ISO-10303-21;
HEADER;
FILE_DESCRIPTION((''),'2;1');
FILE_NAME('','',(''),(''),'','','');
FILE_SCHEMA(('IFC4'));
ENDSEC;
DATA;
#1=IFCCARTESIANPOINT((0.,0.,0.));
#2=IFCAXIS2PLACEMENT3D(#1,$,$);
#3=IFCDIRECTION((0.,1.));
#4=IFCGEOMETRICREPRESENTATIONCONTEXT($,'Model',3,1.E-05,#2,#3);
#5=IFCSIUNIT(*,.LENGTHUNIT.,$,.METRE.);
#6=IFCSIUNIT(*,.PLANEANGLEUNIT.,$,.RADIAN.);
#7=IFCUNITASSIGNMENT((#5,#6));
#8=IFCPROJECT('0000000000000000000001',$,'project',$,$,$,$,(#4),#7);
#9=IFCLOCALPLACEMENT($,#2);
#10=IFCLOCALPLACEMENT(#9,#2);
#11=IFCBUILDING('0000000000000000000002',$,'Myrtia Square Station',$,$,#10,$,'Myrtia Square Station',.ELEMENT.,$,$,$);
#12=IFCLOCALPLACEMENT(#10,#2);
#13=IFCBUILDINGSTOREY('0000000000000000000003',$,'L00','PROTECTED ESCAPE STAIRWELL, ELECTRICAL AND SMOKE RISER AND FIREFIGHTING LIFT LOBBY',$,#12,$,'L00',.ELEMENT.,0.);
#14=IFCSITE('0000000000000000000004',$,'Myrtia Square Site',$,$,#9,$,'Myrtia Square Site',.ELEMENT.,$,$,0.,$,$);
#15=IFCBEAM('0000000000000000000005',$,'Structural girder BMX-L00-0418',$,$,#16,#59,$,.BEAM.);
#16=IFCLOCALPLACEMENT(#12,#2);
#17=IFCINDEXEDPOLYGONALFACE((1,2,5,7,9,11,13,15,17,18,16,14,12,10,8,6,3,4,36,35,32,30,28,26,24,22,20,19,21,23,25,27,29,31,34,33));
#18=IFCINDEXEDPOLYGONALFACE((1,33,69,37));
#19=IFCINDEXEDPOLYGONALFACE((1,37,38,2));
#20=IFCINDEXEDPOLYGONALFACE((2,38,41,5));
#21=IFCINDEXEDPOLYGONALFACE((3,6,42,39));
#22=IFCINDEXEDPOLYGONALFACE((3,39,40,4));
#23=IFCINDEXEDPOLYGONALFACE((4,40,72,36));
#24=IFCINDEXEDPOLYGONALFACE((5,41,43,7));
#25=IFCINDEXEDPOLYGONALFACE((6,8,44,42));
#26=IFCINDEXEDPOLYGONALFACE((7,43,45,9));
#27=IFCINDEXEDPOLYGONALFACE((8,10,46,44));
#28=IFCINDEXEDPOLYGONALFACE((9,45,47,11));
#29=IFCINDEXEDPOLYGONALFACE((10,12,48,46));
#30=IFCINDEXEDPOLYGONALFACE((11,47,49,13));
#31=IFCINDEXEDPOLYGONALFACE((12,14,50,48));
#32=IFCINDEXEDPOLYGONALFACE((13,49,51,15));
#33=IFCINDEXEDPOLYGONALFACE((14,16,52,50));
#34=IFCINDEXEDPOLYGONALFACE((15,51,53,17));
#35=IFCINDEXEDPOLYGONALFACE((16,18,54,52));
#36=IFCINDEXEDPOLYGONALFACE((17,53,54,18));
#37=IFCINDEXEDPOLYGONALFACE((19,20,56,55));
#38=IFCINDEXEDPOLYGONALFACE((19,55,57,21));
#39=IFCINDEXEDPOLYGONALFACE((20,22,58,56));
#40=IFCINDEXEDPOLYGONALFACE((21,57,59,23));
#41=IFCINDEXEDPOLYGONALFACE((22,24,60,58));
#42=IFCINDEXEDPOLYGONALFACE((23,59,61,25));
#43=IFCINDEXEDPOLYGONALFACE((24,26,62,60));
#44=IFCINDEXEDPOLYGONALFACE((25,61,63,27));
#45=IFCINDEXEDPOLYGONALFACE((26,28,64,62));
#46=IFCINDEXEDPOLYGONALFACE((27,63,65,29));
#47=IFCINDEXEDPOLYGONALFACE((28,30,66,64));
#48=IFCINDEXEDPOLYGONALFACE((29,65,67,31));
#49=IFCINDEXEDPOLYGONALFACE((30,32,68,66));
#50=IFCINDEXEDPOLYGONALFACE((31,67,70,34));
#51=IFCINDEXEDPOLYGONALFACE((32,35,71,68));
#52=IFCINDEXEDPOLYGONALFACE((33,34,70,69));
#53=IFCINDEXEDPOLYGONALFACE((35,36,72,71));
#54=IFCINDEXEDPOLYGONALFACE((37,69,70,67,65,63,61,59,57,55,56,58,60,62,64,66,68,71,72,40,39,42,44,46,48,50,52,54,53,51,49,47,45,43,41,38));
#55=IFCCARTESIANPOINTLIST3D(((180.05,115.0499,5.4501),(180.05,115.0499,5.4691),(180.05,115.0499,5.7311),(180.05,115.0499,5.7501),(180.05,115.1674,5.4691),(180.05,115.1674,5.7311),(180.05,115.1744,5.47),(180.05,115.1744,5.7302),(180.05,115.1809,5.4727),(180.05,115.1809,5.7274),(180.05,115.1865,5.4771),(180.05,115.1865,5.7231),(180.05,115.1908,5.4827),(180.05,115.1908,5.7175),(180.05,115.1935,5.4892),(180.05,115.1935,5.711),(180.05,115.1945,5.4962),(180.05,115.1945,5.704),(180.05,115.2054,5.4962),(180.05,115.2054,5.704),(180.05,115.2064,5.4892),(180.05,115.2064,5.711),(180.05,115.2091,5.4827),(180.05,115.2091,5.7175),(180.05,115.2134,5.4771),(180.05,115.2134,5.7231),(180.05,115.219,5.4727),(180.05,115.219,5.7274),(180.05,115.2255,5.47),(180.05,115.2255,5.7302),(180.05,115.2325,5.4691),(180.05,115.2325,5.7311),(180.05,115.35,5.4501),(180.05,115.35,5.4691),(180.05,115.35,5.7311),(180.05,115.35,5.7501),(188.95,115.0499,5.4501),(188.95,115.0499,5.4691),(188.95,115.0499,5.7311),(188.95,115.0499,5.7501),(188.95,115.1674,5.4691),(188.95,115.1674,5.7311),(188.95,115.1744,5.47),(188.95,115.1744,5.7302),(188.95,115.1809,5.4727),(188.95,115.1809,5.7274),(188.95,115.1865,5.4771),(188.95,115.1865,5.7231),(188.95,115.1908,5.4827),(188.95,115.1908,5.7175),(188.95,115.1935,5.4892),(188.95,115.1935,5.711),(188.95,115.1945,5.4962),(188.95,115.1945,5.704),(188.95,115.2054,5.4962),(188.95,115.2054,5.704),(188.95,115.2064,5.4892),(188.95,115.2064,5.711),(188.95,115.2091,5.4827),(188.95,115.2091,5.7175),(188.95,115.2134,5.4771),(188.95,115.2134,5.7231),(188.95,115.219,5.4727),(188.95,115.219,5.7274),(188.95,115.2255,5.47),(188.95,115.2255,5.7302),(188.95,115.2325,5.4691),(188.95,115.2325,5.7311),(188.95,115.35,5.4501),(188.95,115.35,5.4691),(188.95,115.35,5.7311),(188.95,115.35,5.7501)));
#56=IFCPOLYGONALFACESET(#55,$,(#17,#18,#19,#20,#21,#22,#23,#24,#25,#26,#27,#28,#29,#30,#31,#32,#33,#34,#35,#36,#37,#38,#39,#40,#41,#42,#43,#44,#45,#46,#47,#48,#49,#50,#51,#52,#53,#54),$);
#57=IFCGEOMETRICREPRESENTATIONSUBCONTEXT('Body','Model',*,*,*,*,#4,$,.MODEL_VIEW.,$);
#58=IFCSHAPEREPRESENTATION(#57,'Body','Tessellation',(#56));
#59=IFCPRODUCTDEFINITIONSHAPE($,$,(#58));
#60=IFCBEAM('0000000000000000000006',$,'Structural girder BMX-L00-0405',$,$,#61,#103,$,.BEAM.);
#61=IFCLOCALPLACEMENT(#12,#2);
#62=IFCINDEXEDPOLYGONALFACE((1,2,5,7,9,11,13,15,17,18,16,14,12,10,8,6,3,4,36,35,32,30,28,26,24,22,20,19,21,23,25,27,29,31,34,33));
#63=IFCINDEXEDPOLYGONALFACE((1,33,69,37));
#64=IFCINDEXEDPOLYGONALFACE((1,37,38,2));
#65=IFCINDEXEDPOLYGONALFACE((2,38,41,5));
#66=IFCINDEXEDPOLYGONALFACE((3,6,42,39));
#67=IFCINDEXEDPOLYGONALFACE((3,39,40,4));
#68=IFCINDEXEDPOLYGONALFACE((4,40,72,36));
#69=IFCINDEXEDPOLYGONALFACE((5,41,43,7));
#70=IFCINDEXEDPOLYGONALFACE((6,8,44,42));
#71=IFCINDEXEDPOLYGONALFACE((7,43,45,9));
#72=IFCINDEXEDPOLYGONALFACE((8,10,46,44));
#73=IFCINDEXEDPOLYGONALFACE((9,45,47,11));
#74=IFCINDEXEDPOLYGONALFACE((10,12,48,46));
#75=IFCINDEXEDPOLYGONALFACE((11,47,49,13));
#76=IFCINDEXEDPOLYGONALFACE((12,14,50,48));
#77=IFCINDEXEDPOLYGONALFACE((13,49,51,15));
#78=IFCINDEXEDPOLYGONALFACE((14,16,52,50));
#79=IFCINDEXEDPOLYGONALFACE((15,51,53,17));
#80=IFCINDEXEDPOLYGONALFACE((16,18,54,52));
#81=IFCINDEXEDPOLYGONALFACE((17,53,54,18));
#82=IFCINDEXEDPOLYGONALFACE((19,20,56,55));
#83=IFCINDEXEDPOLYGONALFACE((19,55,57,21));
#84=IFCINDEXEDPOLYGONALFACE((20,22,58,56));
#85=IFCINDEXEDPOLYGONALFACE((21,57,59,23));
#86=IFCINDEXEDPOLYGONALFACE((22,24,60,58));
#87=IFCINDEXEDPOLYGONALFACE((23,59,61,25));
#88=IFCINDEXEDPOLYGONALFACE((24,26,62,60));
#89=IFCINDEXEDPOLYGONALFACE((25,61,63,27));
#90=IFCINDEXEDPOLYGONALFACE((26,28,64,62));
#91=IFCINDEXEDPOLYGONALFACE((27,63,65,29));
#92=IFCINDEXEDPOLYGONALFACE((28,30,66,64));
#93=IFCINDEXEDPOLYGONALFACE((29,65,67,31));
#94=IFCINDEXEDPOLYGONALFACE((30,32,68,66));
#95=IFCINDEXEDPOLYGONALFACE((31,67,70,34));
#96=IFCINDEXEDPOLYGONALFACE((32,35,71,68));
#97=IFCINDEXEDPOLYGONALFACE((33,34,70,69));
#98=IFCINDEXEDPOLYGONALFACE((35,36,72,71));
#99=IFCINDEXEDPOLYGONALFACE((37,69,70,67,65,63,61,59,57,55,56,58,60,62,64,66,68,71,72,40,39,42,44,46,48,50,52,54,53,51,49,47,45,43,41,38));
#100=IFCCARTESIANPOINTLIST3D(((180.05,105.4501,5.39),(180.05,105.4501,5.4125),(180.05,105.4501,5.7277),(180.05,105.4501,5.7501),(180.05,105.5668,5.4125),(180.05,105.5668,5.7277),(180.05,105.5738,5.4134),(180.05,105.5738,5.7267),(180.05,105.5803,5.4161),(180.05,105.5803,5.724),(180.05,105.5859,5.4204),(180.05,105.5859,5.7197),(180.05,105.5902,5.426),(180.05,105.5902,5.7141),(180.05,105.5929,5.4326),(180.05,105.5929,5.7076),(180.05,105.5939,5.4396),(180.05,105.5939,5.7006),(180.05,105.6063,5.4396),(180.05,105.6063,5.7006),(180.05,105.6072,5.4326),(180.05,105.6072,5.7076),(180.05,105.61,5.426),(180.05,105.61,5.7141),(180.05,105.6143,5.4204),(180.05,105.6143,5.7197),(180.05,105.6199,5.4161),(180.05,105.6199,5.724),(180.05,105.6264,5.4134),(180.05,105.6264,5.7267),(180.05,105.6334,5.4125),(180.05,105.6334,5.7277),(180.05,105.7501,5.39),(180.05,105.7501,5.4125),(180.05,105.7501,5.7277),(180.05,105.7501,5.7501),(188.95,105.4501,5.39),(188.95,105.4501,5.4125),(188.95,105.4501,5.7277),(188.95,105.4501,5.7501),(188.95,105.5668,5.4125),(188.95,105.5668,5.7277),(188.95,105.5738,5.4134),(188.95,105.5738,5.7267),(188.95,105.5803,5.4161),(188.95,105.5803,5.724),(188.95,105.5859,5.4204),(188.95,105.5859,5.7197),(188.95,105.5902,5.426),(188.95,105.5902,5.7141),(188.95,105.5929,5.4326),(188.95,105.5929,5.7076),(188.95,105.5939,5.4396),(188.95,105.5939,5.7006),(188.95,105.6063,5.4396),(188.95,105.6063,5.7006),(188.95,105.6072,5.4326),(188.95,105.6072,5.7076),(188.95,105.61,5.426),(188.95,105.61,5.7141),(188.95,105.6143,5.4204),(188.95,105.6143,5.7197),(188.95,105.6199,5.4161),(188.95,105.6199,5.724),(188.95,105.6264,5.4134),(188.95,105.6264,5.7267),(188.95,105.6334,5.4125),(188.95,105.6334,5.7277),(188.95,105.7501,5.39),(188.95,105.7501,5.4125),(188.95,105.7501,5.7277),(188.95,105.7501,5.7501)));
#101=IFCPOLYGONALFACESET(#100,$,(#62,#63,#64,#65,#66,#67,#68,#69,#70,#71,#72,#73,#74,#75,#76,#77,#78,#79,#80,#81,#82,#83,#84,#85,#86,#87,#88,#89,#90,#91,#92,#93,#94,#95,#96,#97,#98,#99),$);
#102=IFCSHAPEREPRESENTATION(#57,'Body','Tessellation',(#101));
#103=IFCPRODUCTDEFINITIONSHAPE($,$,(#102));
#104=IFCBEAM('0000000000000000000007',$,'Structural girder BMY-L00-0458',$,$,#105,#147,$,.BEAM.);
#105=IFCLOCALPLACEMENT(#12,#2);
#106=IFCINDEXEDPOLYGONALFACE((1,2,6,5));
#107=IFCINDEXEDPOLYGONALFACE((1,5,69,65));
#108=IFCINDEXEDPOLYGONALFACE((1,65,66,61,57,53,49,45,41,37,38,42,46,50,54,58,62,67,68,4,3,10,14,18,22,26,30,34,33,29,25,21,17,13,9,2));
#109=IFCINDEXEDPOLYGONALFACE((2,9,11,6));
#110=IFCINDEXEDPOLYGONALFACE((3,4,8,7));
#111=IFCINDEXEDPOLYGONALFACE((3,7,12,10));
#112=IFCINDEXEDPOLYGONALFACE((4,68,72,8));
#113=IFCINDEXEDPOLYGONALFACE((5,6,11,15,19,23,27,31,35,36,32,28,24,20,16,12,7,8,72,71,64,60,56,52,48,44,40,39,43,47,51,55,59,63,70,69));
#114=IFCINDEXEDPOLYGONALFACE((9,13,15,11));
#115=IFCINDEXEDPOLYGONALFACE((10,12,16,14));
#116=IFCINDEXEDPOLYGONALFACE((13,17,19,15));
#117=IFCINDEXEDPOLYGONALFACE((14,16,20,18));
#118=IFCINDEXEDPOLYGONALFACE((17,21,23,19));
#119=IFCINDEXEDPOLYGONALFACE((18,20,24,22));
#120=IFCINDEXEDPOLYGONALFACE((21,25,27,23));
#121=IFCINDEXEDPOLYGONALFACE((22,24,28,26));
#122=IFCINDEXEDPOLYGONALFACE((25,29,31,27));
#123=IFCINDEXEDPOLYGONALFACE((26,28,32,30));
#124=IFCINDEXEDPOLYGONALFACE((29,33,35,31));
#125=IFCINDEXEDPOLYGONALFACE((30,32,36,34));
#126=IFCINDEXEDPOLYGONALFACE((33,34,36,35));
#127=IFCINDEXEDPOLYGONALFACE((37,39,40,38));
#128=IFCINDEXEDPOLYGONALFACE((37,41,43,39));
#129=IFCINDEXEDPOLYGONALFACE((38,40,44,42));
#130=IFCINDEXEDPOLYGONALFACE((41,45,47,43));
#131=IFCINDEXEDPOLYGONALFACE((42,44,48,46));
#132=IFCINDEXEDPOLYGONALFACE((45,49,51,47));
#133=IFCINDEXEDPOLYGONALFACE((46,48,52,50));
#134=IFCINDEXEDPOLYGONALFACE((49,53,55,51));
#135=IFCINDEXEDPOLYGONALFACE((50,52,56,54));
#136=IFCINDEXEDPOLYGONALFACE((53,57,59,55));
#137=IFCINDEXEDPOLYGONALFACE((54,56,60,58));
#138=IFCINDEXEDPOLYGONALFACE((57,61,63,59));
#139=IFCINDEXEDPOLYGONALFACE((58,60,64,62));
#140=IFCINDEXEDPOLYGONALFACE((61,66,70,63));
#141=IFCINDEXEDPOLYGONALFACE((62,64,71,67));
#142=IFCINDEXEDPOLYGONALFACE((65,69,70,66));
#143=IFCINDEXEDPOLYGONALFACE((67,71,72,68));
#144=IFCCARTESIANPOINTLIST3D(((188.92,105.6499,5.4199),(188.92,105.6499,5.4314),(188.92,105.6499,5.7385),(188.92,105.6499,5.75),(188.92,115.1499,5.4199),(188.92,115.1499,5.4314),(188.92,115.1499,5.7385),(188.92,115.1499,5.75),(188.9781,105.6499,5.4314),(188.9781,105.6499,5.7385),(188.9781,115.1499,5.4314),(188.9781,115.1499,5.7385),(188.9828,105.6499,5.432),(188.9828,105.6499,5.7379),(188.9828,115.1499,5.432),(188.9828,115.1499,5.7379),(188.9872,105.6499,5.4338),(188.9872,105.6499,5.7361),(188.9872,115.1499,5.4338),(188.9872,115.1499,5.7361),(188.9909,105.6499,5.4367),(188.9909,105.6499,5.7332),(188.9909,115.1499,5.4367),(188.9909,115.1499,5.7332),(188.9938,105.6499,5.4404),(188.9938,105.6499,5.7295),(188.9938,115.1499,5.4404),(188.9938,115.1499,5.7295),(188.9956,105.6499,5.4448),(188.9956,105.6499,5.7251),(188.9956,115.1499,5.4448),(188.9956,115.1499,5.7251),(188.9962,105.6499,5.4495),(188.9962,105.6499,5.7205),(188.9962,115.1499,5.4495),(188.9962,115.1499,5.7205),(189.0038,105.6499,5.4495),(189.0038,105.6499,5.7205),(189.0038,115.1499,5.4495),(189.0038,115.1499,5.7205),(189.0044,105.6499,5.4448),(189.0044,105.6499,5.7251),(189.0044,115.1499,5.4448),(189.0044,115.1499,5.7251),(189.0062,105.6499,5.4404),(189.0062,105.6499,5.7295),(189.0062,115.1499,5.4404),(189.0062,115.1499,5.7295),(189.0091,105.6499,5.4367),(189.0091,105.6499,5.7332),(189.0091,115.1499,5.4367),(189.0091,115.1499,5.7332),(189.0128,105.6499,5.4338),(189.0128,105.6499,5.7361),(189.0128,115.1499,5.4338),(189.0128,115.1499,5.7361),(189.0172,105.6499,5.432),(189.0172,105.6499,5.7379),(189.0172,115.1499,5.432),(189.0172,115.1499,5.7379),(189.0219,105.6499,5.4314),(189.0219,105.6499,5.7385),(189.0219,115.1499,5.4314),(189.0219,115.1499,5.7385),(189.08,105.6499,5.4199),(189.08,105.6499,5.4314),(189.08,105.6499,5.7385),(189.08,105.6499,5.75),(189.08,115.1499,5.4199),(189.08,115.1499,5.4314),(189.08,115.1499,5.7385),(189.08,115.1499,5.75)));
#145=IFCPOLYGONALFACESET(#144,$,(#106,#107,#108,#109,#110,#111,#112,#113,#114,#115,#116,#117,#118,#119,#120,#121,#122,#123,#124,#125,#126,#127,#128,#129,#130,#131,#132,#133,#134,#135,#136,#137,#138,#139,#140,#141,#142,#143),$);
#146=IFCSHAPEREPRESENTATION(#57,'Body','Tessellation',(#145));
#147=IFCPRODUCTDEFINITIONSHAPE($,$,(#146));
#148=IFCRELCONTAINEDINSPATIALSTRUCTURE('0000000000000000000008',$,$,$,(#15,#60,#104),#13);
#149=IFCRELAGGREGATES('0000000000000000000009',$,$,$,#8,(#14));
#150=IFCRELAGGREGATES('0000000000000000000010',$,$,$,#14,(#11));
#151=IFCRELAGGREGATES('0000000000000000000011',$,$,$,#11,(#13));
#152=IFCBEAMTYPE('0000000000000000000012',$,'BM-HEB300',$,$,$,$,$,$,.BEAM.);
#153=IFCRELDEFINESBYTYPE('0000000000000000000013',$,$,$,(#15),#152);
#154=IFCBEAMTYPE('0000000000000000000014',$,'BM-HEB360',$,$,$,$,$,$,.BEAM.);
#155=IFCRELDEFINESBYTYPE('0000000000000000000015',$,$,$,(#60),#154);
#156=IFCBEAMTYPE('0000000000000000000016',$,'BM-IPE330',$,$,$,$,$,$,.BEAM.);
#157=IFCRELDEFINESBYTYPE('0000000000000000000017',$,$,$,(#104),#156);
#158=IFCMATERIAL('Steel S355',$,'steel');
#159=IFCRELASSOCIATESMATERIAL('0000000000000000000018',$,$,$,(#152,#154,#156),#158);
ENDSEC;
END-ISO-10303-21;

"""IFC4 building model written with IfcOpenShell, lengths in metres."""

from ifc_helpers import new_model, si_unit, direction, frame, origin, origin_2d, place, context, subcontext, project, spatial, i_section, extrude, material, material_profile, profile_set, type_object, element, save


model = new_model("IFC4")

# Units and contexts
model_context = context("Model", 3, precision=1e-05, world=origin(), true_north=direction((0.0, 1.0)))
body_context = subcontext(model_context, "Body", "Model", "MODEL_VIEW")
ifc_project = project(units=[si_unit("LENGTHUNIT", "METRE"), si_unit("PLANEANGLEUNIT", "RADIAN")], contexts=[model_context])

# Site, building, storey
site_placement = place(None, origin())
site = spatial("IfcSite", under=ifc_project, at=site_placement, Name="Myrtia Square Site", LongName="Myrtia Square Site", CompositionType="ELEMENT", RefElevation=0.0)
building_placement = place(site_placement, origin())
building = spatial("IfcBuilding", under=site, at=building_placement, Name="Myrtia Square Station", LongName="Myrtia Square Station", CompositionType="ELEMENT")
storey_placement = place(building_placement, origin())
storey = spatial("IfcBuildingStorey", under=building, at=storey_placement, Name="L00", Description="PROTECTED ESCAPE STAIRWELL, ELECTRICAL AND SMOKE RISER AND FIREFIGHTING LIFT LOBBY", LongName="L00", CompositionType="ELEMENT", Elevation=0.0)

# Shared definitions
ifc_material_1 = material(Name="Steel S355", Category="steel")

# Beams
ifc_material_profile_1 = material_profile(ifc_material_1, i_section(OverallWidth=0.3, OverallDepth=0.3, WebThickness=0.011, FlangeThickness=0.019, FilletRadius=0.0271, at=origin_2d()), Name="HEB 300")
ifc_profile_set_1 = profile_set([ifc_material_profile_1], Name="Steel S355")
beam_type_1 = type_object("IfcBeamType", Name="BM-HEB300", PredefinedType="BEAM", material=ifc_profile_set_1)
beam_1_placement = place(storey_placement, frame((180.05, 115.2, 5.6001), z_axis=(1.0, 0.0, 0.0), x_axis=(0.0, 1.0, 0.0)))
element("IfcBeam", 1, at=beam_1_placement, inside=storey, type_object=beam_type_1, Name="Structural girder BMX-L00-0418", PredefinedType="BEAM", context=body_context, shape_type="SweptSolid", body=[
    extrude(i_section(OverallWidth=0.3, OverallDepth=0.3, WebThickness=0.011, FlangeThickness=0.019, FilletRadius=0.0271, at=origin_2d()), origin(), (0.0, 0.0, 1.0), 8.8999),
])
ifc_material_profile_2 = material_profile(ifc_material_1, i_section(OverallWidth=0.3, OverallDepth=0.3601, WebThickness=0.0125, FlangeThickness=0.0225, FilletRadius=0.0271, at=origin_2d()), Name="HEB 360")
ifc_profile_set_2 = profile_set([ifc_material_profile_2], Name="Steel S355")
beam_type_2 = type_object("IfcBeamType", Name="BM-HEB360", PredefinedType="BEAM", material=ifc_profile_set_2)
beam_2_placement = place(storey_placement, frame((180.05, 105.6001, 5.5701), z_axis=(1.0, 0.0, 0.0), x_axis=(0.0, 1.0, 0.0)))
element("IfcBeam", 2, at=beam_2_placement, inside=storey, type_object=beam_type_2, Name="Structural girder BMX-L00-0405", PredefinedType="BEAM", context=body_context, shape_type="SweptSolid", body=[
    extrude(i_section(OverallWidth=0.3, OverallDepth=0.3601, WebThickness=0.0125, FlangeThickness=0.0225, FilletRadius=0.0271, at=origin_2d()), origin(), (0.0, 0.0, 1.0), 8.8999),
])
ifc_material_profile_3 = material_profile(ifc_material_1, i_section(OverallWidth=0.1599, OverallDepth=0.3301, WebThickness=0.0076, FlangeThickness=0.0115, FilletRadius=0.0181, at=origin_2d()), Name="IPE 330")
ifc_profile_set_3 = profile_set([ifc_material_profile_3], Name="Steel S355")
beam_type_3 = type_object("IfcBeamType", Name="BM-IPE330", PredefinedType="BEAM", material=ifc_profile_set_3)
beam_3_placement = place(storey_placement, frame((189.0, 105.6499, 5.585), z_axis=(0.0, 1.0, 0.0), x_axis=(-1.0, 0.0, 0.0)))
element("IfcBeam", 3, at=beam_3_placement, inside=storey, type_object=beam_type_3, Name="Structural girder BMY-L00-0458", PredefinedType="BEAM", context=body_context, shape_type="SweptSolid", body=[
    extrude(i_section(OverallWidth=0.1599, OverallDepth=0.3301, WebThickness=0.0076, FlangeThickness=0.0115, FilletRadius=0.0181, at=origin_2d()), origin(), (0.0, 0.0, 1.0), 9.5),
])

save(model, "model.ifc")
